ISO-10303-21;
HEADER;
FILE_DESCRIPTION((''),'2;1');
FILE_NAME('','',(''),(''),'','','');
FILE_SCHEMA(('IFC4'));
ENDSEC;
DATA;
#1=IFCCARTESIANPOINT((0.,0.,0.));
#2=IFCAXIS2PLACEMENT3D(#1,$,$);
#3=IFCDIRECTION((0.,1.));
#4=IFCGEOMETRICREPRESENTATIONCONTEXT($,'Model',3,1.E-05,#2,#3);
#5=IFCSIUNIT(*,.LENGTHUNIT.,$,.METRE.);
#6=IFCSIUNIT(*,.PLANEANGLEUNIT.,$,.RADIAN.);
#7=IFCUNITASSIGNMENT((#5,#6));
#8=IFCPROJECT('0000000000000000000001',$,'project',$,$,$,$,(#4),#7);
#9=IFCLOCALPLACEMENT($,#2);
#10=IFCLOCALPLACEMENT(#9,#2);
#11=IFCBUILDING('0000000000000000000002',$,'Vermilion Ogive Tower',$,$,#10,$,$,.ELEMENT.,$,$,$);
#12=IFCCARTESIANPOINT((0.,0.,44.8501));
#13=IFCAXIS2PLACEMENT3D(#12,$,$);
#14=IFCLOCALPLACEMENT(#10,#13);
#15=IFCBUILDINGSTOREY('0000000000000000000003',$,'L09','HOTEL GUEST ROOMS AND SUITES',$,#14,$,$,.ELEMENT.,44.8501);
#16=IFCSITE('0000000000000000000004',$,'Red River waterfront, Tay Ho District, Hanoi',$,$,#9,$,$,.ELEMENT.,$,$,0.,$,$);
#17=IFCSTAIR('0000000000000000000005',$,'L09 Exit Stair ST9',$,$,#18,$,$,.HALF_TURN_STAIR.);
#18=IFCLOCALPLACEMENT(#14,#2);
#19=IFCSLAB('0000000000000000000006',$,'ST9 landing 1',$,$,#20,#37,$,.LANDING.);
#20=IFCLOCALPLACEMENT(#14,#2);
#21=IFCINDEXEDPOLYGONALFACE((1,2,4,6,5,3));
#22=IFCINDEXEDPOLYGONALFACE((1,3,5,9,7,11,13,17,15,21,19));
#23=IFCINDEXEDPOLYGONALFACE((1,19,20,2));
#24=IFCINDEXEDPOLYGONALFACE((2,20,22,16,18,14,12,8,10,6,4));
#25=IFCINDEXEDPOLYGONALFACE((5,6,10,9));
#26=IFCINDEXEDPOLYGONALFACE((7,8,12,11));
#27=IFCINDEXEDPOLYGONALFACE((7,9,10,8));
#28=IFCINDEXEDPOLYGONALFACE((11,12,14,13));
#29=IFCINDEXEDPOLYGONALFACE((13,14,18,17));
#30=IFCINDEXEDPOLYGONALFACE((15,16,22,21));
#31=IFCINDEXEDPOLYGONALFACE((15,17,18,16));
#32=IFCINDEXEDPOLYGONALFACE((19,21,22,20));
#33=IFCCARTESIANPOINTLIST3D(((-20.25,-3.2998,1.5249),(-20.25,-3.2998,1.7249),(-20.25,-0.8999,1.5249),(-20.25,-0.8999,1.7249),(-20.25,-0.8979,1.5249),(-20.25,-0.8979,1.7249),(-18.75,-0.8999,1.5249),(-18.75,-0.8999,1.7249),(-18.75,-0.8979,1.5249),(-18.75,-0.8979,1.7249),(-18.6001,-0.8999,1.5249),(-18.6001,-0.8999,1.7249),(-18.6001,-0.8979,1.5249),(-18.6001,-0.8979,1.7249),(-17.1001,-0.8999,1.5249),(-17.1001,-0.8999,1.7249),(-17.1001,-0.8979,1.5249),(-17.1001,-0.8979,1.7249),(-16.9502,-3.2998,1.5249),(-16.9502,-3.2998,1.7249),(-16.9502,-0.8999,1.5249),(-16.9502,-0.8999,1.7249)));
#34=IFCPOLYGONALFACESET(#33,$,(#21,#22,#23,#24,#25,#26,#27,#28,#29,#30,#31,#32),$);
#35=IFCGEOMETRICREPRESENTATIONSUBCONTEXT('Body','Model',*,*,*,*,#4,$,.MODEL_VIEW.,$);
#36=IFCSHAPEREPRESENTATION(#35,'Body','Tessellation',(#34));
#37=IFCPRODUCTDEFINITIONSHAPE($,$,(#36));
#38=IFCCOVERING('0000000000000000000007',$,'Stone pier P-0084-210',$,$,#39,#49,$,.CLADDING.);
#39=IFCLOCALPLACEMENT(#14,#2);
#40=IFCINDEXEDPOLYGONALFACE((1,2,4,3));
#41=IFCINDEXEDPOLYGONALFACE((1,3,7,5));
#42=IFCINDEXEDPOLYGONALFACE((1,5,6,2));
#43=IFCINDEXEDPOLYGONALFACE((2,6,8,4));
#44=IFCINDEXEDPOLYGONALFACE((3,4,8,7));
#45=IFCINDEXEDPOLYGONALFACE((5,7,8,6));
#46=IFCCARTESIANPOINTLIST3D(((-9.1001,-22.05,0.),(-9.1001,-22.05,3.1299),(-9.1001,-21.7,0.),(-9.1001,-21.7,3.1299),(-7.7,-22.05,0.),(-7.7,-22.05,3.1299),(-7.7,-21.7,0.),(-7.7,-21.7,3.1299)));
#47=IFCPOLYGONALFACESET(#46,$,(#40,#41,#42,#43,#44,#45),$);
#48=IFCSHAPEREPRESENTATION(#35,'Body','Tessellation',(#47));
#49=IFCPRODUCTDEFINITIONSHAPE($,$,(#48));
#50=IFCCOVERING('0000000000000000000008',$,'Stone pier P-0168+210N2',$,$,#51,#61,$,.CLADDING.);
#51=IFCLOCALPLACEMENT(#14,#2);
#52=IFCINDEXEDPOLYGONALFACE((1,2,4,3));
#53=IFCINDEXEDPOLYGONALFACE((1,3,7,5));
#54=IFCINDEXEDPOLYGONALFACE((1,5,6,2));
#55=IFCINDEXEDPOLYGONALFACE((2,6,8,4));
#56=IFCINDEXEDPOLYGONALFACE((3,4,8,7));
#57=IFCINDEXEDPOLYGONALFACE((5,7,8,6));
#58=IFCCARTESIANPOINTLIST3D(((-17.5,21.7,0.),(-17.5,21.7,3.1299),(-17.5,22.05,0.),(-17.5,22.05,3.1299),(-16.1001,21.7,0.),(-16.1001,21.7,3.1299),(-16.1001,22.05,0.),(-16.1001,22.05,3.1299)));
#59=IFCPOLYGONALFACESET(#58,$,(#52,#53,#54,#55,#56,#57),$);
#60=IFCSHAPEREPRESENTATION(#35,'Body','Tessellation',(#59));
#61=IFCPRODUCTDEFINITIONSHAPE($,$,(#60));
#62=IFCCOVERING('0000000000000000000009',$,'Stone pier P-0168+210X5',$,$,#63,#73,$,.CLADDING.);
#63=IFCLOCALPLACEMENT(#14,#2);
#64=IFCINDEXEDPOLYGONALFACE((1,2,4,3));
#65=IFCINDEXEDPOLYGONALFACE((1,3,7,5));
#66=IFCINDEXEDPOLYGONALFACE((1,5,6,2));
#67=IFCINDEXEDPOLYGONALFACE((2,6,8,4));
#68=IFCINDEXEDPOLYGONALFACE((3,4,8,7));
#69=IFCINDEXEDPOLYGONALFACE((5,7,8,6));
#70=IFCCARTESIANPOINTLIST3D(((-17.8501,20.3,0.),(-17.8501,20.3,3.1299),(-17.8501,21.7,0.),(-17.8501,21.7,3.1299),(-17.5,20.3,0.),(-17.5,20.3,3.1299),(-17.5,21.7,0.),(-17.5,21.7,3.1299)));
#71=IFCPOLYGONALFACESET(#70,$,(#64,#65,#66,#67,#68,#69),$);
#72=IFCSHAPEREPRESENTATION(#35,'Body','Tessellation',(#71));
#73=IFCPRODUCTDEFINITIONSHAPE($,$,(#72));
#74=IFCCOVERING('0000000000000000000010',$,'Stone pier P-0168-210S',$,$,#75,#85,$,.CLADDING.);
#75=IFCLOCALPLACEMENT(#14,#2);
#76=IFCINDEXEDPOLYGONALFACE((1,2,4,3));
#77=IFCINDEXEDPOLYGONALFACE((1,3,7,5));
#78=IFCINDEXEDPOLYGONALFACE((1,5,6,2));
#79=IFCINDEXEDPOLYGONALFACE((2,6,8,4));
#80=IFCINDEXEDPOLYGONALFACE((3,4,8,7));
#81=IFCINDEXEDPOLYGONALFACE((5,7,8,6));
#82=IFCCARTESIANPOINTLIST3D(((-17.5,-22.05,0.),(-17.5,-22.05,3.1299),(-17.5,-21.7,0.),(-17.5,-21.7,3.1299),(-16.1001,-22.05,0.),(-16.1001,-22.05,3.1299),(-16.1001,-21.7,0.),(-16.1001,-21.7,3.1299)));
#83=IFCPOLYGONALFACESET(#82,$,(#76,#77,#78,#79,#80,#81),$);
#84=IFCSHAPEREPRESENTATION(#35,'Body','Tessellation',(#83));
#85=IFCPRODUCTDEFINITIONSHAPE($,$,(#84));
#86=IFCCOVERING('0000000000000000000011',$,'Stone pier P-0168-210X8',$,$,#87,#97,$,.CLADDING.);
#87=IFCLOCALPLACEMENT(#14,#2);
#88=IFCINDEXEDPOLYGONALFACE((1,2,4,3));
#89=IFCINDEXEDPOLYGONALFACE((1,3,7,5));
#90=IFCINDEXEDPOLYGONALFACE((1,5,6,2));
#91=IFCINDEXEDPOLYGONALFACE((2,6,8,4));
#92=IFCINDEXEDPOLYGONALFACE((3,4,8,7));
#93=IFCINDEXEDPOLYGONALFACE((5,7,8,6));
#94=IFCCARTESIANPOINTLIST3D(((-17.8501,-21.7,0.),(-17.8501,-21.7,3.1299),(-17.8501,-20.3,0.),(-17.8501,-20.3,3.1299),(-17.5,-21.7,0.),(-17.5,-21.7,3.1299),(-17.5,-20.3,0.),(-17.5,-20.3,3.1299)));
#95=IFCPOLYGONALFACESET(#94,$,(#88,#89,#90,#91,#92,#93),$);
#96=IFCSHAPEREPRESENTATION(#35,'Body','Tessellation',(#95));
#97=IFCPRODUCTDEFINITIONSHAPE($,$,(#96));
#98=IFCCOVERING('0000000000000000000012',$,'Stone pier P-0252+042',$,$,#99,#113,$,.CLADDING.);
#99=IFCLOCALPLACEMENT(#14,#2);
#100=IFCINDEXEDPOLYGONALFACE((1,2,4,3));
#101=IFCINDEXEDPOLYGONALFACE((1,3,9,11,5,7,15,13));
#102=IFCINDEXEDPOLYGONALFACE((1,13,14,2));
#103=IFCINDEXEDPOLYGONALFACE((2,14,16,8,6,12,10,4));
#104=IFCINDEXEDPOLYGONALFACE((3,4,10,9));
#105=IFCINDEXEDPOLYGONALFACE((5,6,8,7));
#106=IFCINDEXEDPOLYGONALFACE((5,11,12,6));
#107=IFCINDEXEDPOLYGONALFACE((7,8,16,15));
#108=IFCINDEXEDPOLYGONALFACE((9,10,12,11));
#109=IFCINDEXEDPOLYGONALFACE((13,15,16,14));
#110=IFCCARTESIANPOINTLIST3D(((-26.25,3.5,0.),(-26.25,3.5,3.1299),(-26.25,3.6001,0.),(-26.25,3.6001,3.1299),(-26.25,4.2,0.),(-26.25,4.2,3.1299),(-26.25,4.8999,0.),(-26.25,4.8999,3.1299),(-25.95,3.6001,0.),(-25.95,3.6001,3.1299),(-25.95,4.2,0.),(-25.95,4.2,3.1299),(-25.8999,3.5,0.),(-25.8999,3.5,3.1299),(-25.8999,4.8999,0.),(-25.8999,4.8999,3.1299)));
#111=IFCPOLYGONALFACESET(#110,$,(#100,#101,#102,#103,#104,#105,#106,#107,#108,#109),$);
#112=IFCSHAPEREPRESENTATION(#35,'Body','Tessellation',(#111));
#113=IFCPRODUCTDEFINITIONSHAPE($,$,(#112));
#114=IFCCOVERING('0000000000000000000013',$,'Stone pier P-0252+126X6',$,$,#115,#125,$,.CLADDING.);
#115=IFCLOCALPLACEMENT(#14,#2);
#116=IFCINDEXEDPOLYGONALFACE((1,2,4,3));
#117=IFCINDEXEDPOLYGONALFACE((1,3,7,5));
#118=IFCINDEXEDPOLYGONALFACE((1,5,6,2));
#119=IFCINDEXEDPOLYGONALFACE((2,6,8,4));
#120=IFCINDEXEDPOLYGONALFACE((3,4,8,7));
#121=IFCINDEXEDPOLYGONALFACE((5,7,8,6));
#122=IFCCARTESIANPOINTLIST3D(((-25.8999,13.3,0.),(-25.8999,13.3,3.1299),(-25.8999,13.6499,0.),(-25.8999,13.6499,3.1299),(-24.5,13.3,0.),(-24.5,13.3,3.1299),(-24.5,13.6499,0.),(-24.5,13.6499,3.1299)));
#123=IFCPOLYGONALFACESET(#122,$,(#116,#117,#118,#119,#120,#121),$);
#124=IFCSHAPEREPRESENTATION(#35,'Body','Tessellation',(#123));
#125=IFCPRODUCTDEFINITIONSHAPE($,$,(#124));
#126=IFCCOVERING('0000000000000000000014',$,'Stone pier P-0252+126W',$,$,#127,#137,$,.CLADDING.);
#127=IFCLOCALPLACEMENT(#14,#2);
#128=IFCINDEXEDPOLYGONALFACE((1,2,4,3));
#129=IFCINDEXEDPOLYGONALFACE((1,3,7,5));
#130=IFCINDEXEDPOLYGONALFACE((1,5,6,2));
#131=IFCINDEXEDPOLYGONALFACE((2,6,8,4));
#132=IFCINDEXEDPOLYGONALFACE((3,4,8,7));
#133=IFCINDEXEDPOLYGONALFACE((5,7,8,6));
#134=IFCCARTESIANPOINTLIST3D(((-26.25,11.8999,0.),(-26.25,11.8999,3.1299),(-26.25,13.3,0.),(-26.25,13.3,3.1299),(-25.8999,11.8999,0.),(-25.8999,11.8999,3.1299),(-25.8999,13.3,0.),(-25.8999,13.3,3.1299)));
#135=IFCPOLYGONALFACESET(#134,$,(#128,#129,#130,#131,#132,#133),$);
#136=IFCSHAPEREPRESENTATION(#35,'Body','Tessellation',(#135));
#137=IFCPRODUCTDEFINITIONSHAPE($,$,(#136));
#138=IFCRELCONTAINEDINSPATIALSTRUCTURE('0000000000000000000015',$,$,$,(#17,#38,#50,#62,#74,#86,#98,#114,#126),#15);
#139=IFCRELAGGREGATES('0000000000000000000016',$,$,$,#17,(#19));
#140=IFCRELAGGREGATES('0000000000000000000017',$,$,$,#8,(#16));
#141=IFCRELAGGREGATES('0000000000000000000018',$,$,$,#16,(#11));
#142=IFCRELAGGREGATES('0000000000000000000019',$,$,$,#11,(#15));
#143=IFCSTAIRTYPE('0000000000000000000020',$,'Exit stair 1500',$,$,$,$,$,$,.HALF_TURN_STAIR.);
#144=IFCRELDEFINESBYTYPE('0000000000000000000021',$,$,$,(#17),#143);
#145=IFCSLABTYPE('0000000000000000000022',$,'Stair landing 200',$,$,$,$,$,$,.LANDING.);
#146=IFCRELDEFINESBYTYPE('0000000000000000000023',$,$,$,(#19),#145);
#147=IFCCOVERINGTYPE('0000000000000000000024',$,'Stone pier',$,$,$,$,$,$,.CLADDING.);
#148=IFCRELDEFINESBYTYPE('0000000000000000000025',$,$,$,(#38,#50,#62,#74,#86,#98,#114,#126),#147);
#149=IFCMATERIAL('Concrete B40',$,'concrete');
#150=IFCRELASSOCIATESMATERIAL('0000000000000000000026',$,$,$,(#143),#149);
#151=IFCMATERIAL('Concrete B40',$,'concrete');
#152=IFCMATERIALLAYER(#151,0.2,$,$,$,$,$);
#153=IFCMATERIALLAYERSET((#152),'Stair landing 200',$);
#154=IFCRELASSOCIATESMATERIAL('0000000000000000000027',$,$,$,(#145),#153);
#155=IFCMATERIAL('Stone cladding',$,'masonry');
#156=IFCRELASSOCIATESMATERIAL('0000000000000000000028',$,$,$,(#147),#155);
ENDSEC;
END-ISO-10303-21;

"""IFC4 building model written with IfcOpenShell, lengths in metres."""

from ifc_helpers import new_model, si_unit, direction, frame, origin, place, context, subcontext, project, spatial, polyline, outline, extrude, material, layer, layer_set, type_object, element, aggregate, save


model = new_model("IFC4")

# Units and contexts
model_context = context("Model", 3, precision=1e-05, world=origin(), true_north=direction((0.0, 1.0)))
body_context = subcontext(model_context, "Body", "Model", "MODEL_VIEW")
ifc_project = project(units=[si_unit("LENGTHUNIT", "METRE"), si_unit("PLANEANGLEUNIT", "RADIAN")], contexts=[model_context])

# Site, building, storey
site_placement = place(None, origin())
site = spatial("IfcSite", under=ifc_project, at=site_placement, Name="Red River waterfront, Tay Ho District, Hanoi", CompositionType="ELEMENT", RefElevation=0.0)
building_placement = place(site_placement, origin())
building = spatial("IfcBuilding", under=site, at=building_placement, Name="Vermilion Ogive Tower", CompositionType="ELEMENT")
storey_placement = place(building_placement, frame((0.0, 0.0, 44.8501)))
storey = spatial("IfcBuildingStorey", under=building, at=storey_placement, Name="L09", Description="HOTEL GUEST ROOMS AND SUITES", CompositionType="ELEMENT", Elevation=44.8501)

# Stair, slab
ifc_material_1 = material(Name="Concrete B40", Category="concrete")
stair_type = type_object("IfcStairType", Name="Exit stair 1500", PredefinedType="HALF_TURN_STAIR", material=ifc_material_1)
ifc_material_2 = material(Name="Concrete B40", Category="concrete")
ifc_layer_1 = layer(ifc_material_2, 0.2)
ifc_layer_set_1 = layer_set([ifc_layer_1], Name="Stair landing 200")
slab_type_1 = type_object("IfcSlabType", Name="Stair landing 200", PredefinedType="LANDING", material=ifc_layer_set_1)
stair_1_placement = place(storey_placement, origin())
stair_1 = element("IfcStair", 1, at=stair_1_placement, inside=storey, type_object=stair_type, Name="L09 Exit Stair ST9", PredefinedType="HALF_TURN_STAIR")
slab_1_placement = place(storey_placement, frame((0.0, 0.0, 1.5249)))
slab_1 = element("IfcSlab", 2, at=slab_1_placement, type_object=slab_type_1, Name="ST9 landing 1", PredefinedType="LANDING", context=body_context, shape_type="SweptSolid", body=[
    extrude(outline(polyline([(-16.9502, -0.8999), (-17.1001, -0.8999), (-17.1001, -0.8979), (-18.6001, -0.8979), (-18.6001, -0.8999), (-18.75, -0.8999), (-18.75, -0.8979), (-20.25, -0.8979), (-20.25, -0.8999), (-20.25, -0.8999), (-20.25, -3.2998), (-16.9502, -3.2998), (-16.9502, -0.8999)])), origin(), (0.0, 0.0, 1.0), 0.2),
])
aggregate(stair_1, [slab_1])

# Coverings
ifc_material_3 = material(Name="Stone cladding", Category="masonry")
covering_type = type_object("IfcCoveringType", Name="Stone pier", PredefinedType="CLADDING", material=ifc_material_3)
covering_1_placement = place(storey_placement, origin())
element("IfcCovering", 3, at=covering_1_placement, inside=storey, type_object=covering_type, Name="Stone pier P-0084-210", PredefinedType="CLADDING", context=body_context, shape_type="SweptSolid", body=[
    extrude(outline(polyline([(-7.7, -22.05), (-9.1001, -22.05), (-9.1001, -21.7), (-7.7, -21.7), (-7.7, -22.05)])), origin(), (0.0, 0.0, 1.0), 3.1299),
])
covering_2_placement = place(storey_placement, origin())
element("IfcCovering", 4, at=covering_2_placement, inside=storey, type_object=covering_type, Name="Stone pier P-0168+210N2", PredefinedType="CLADDING", context=body_context, shape_type="SweptSolid", body=[
    extrude(outline(polyline([(-17.5, 21.7), (-17.5, 22.05), (-16.1001, 22.05), (-16.1001, 21.7), (-17.5, 21.7), (-17.5, 21.7)])), origin(), (0.0, 0.0, 1.0), 3.1299),
])
covering_3_placement = place(storey_placement, origin())
element("IfcCovering", 5, at=covering_3_placement, inside=storey, type_object=covering_type, Name="Stone pier P-0168+210X5", PredefinedType="CLADDING", context=body_context, shape_type="SweptSolid", body=[
    extrude(outline(polyline([(-17.8501, 21.7), (-17.5, 21.7), (-17.5, 21.7), (-17.5, 20.3), (-17.8501, 20.3), (-17.8501, 21.7)])), origin(), (0.0, 0.0, 1.0), 3.1299),
])
covering_4_placement = place(storey_placement, origin())
element("IfcCovering", 6, at=covering_4_placement, inside=storey, type_object=covering_type, Name="Stone pier P-0168-210S", PredefinedType="CLADDING", context=body_context, shape_type="SweptSolid", body=[
    extrude(outline(polyline([(-16.1001, -22.05), (-17.5, -22.05), (-17.5, -21.7), (-16.1001, -21.7), (-16.1001, -22.05)])), origin(), (0.0, 0.0, 1.0), 3.1299),
])
covering_5_placement = place(storey_placement, origin())
element("IfcCovering", 7, at=covering_5_placement, inside=storey, type_object=covering_type, Name="Stone pier P-0168-210X8", PredefinedType="CLADDING", context=body_context, shape_type="SweptSolid", body=[
    extrude(outline(polyline([(-17.8501, -20.3), (-17.5, -20.3), (-17.5, -21.7), (-17.8501, -21.7), (-17.8501, -20.3)])), origin(), (0.0, 0.0, 1.0), 3.1299),
])
covering_6_placement = place(storey_placement, origin())
element("IfcCovering", 8, at=covering_6_placement, inside=storey, type_object=covering_type, Name="Stone pier P-0252+042", PredefinedType="CLADDING", context=body_context, shape_type="SweptSolid", body=[
    extrude(outline(polyline([(-26.25, 3.5), (-26.25, 3.6001), (-25.95, 3.6001), (-25.95, 4.2), (-26.25, 4.2), (-26.25, 4.8999), (-25.8999, 4.8999), (-25.8999, 3.5), (-26.25, 3.5)])), origin(), (0.0, 0.0, 1.0), 3.1299),
])
covering_7_placement = place(storey_placement, origin())
element("IfcCovering", 9, at=covering_7_placement, inside=storey, type_object=covering_type, Name="Stone pier P-0252+126X6", PredefinedType="CLADDING", context=body_context, shape_type="SweptSolid", body=[
    extrude(outline(polyline([(-25.8999, 13.3), (-25.8999, 13.6499), (-24.5, 13.6499), (-24.5, 13.3), (-24.5, 13.3), (-25.8999, 13.3)])), origin(), (0.0, 0.0, 1.0), 3.1299),
])
covering_8_placement = place(storey_placement, origin())
element("IfcCovering", 10, at=covering_8_placement, inside=storey, type_object=covering_type, Name="Stone pier P-0252+126W", PredefinedType="CLADDING", context=body_context, shape_type="SweptSolid", body=[
    extrude(outline(polyline([(-26.25, 13.3), (-25.8999, 13.3), (-25.8999, 11.8999), (-26.25, 11.8999), (-26.25, 13.3)])), origin(), (0.0, 0.0, 1.0), 3.1299),
])

save(model, "model.ifc")
